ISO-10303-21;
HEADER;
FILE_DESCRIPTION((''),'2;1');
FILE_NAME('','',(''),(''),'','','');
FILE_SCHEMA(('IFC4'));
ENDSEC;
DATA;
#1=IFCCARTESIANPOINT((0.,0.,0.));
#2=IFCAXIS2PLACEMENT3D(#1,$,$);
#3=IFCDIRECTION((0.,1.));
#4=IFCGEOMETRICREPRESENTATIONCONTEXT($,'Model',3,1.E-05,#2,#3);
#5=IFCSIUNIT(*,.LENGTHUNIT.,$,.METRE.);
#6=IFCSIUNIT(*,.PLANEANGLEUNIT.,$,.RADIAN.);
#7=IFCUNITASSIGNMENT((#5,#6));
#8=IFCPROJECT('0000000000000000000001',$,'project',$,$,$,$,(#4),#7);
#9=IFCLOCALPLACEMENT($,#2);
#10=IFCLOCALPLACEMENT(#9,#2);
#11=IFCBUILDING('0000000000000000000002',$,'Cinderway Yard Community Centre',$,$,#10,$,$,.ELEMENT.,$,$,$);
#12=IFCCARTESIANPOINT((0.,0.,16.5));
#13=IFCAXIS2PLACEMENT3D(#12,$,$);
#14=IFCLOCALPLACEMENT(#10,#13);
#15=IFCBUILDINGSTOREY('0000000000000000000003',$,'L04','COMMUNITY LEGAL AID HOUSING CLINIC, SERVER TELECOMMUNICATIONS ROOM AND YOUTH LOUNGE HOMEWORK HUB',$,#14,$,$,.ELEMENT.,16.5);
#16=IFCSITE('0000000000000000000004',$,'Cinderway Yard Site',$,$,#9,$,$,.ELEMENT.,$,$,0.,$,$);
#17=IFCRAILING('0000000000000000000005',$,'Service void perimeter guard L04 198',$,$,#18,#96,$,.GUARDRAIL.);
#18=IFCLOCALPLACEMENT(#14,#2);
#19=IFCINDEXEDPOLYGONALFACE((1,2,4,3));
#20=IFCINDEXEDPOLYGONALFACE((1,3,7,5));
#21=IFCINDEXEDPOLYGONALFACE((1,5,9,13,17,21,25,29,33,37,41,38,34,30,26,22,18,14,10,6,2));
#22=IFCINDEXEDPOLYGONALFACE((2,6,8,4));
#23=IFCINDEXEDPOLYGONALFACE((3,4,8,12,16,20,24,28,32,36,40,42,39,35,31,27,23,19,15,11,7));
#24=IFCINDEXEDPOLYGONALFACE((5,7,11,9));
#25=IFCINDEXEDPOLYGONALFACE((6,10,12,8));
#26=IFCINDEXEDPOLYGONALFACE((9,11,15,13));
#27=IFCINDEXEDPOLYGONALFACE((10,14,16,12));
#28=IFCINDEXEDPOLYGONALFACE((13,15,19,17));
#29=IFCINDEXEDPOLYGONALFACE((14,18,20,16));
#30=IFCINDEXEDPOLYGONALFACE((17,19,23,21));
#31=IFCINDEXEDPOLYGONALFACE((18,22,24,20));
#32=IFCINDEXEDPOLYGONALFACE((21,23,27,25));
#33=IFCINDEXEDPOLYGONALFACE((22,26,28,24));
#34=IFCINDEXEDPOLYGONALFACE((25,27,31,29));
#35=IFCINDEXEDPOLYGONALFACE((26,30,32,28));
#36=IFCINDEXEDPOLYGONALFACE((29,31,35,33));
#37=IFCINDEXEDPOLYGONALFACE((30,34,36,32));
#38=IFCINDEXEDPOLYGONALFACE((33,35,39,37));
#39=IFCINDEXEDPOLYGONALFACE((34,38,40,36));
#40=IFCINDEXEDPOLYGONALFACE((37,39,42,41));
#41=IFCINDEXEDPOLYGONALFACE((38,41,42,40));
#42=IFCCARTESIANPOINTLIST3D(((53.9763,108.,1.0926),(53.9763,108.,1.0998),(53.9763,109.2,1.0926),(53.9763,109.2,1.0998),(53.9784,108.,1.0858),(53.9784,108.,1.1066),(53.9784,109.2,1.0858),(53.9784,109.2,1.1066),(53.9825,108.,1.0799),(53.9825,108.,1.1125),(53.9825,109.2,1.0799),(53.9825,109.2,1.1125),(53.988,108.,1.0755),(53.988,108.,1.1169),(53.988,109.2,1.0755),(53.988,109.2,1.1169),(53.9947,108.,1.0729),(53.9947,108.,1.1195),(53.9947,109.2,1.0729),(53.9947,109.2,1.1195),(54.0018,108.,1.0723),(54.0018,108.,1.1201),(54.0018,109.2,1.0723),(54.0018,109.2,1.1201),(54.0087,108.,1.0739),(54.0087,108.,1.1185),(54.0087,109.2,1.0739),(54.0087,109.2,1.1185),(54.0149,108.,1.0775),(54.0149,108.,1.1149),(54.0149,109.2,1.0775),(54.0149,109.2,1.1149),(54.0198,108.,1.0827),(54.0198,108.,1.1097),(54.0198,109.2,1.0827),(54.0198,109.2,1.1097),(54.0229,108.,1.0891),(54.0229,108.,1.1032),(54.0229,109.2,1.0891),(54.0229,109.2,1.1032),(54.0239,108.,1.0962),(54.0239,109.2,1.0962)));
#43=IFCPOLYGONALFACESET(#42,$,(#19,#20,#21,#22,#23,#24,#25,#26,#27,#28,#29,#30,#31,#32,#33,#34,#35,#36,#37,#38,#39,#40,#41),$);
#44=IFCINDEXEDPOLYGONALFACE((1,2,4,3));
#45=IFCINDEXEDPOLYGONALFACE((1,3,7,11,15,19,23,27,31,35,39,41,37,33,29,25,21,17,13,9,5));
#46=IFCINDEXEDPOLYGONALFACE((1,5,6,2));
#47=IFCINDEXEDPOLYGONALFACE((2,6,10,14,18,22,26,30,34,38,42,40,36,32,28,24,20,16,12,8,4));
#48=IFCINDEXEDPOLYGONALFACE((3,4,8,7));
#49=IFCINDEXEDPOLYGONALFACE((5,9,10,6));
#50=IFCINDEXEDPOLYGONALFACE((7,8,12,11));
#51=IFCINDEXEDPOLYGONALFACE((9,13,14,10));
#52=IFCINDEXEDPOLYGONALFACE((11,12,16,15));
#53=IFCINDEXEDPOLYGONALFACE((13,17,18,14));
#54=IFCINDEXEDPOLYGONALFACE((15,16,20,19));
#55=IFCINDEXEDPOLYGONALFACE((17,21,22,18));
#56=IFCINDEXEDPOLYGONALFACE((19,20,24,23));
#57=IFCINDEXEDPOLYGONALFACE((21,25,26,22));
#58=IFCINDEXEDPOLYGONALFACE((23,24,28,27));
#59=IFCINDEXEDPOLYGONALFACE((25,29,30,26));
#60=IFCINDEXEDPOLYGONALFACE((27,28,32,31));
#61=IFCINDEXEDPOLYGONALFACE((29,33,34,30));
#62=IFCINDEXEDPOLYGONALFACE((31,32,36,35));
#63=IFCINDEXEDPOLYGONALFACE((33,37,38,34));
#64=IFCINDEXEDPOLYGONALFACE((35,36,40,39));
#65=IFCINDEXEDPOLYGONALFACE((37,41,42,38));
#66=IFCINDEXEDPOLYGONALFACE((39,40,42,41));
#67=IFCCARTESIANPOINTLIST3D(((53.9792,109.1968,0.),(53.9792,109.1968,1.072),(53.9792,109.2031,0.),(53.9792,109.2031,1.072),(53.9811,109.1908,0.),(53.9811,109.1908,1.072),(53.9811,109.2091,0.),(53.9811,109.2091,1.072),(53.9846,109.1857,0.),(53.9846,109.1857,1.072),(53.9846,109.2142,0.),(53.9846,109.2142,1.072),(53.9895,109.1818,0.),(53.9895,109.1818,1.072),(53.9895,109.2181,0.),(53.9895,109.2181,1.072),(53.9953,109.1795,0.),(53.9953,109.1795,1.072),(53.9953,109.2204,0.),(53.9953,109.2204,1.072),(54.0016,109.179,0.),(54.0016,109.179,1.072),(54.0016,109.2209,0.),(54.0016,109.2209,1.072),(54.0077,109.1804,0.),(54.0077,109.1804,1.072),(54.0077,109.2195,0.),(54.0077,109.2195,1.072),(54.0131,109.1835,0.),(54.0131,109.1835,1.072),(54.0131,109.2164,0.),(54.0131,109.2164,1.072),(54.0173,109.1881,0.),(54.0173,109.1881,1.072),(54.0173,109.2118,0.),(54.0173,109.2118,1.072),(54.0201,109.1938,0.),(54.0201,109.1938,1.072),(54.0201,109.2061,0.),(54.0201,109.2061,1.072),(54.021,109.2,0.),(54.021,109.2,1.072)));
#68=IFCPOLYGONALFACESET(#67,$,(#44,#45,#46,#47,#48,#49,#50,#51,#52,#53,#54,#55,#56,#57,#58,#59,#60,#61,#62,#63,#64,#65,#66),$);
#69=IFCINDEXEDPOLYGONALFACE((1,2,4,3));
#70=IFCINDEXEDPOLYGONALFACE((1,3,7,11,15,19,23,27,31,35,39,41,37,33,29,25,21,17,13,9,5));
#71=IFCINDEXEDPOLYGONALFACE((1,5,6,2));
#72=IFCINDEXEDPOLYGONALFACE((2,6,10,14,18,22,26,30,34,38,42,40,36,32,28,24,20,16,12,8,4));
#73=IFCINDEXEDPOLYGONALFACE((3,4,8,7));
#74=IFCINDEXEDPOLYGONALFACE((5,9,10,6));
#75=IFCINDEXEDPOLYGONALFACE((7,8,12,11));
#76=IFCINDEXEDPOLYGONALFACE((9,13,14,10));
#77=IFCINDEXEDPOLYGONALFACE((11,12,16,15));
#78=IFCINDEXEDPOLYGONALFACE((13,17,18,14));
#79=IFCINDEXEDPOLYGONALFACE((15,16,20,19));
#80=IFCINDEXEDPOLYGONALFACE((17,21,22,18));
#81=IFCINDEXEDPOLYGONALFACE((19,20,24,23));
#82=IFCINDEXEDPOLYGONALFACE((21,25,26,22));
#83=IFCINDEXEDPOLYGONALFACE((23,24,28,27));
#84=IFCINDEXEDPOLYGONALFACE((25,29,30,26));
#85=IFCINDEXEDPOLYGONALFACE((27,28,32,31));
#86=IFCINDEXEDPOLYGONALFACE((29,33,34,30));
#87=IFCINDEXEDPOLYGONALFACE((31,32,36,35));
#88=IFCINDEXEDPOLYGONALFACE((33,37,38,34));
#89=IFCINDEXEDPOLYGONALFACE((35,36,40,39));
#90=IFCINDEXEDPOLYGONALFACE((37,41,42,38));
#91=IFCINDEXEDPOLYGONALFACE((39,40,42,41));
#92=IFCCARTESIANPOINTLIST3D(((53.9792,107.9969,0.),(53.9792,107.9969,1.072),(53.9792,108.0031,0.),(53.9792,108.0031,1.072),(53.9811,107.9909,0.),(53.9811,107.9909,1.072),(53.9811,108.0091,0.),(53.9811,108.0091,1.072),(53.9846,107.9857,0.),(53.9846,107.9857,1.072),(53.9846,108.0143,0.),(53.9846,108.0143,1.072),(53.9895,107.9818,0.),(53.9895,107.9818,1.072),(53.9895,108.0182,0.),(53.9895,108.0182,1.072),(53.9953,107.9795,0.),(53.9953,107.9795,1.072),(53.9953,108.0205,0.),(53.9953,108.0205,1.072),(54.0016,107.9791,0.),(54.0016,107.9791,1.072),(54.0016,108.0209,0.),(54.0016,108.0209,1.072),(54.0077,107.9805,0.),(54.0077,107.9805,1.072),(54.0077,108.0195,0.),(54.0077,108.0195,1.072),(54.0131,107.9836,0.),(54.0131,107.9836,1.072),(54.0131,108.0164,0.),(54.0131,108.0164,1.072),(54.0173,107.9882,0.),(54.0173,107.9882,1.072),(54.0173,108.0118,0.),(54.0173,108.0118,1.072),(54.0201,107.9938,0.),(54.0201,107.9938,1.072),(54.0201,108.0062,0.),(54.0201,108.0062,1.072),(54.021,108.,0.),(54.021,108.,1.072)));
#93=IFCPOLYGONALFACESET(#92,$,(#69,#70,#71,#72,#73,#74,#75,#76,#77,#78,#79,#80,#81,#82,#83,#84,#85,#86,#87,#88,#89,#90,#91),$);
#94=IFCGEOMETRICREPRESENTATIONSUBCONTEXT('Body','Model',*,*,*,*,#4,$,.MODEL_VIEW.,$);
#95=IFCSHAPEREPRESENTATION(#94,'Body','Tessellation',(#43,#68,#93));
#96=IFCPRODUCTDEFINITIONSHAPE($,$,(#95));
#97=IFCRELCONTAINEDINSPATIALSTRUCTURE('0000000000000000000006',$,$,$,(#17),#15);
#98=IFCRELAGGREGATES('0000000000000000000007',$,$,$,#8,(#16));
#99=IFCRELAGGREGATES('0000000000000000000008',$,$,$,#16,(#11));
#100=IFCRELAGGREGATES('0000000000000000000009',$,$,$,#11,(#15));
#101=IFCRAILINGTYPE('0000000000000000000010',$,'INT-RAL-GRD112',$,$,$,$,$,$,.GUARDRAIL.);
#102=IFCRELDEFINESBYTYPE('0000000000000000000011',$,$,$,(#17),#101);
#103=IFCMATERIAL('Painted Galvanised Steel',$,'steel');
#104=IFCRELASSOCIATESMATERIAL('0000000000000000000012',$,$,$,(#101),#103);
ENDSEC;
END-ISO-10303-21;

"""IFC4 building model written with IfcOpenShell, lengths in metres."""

from ifc_helpers import new_model, si_unit, direction, frame, origin, origin_2d, place, context, subcontext, project, spatial, circle, extrude, material, type_object, element, save


model = new_model("IFC4")

# Units and contexts
model_context = context("Model", 3, precision=1e-05, world=origin(), true_north=direction((0.0, 1.0)))
body_context = subcontext(model_context, "Body", "Model", "MODEL_VIEW")
ifc_project = project(units=[si_unit("LENGTHUNIT", "METRE"), si_unit("PLANEANGLEUNIT", "RADIAN")], contexts=[model_context])

# Site, building, storey
site_placement = place(None, origin())
site = spatial("IfcSite", under=ifc_project, at=site_placement, Name="Cinderway Yard Site", CompositionType="ELEMENT", RefElevation=0.0)
building_placement = place(site_placement, origin())
building = spatial("IfcBuilding", under=site, at=building_placement, Name="Cinderway Yard Community Centre", CompositionType="ELEMENT")
storey_placement = place(building_placement, frame((0.0, 0.0, 16.5)))
storey = spatial("IfcBuildingStorey", under=building, at=storey_placement, Name="L04", Description="COMMUNITY LEGAL AID HOUSING CLINIC, SERVER TELECOMMUNICATIONS ROOM AND YOUTH LOUNGE HOMEWORK HUB", CompositionType="ELEMENT", Elevation=16.5)

# Railing
ifc_material_1 = material(Name="Painted Galvanised Steel", Category="steel")
railing_type = type_object("IfcRailingType", Name="INT-RAL-GRD112", PredefinedType="GUARDRAIL", material=ifc_material_1)
railing_1_placement = place(storey_placement, frame((54.0, 109.2, 0.0)))
element("IfcRailing", 1, at=railing_1_placement, inside=storey, type_object=railing_type, Name="Service void perimeter guard L04 198", PredefinedType="GUARDRAIL", context=body_context, shape_type="SweptSolid", body=[
    extrude(circle(Radius=0.0239, at=origin_2d()), frame((0.0, 0.0, 1.0962), z_axis=(0.0, -1.0, 0.0), x_axis=(1.0, 0.0, 0.0)), (0.0, 0.0, 1.0), 1.2),
    extrude(circle(Radius=0.021, at=origin_2d()), origin(), (0.0, 0.0, 1.0), 1.072),
    extrude(circle(Radius=0.021, at=origin_2d()), frame((0.0, -1.2, 0.0)), (0.0, 0.0, 1.0), 1.072),
])

save(model, "model.ifc")
